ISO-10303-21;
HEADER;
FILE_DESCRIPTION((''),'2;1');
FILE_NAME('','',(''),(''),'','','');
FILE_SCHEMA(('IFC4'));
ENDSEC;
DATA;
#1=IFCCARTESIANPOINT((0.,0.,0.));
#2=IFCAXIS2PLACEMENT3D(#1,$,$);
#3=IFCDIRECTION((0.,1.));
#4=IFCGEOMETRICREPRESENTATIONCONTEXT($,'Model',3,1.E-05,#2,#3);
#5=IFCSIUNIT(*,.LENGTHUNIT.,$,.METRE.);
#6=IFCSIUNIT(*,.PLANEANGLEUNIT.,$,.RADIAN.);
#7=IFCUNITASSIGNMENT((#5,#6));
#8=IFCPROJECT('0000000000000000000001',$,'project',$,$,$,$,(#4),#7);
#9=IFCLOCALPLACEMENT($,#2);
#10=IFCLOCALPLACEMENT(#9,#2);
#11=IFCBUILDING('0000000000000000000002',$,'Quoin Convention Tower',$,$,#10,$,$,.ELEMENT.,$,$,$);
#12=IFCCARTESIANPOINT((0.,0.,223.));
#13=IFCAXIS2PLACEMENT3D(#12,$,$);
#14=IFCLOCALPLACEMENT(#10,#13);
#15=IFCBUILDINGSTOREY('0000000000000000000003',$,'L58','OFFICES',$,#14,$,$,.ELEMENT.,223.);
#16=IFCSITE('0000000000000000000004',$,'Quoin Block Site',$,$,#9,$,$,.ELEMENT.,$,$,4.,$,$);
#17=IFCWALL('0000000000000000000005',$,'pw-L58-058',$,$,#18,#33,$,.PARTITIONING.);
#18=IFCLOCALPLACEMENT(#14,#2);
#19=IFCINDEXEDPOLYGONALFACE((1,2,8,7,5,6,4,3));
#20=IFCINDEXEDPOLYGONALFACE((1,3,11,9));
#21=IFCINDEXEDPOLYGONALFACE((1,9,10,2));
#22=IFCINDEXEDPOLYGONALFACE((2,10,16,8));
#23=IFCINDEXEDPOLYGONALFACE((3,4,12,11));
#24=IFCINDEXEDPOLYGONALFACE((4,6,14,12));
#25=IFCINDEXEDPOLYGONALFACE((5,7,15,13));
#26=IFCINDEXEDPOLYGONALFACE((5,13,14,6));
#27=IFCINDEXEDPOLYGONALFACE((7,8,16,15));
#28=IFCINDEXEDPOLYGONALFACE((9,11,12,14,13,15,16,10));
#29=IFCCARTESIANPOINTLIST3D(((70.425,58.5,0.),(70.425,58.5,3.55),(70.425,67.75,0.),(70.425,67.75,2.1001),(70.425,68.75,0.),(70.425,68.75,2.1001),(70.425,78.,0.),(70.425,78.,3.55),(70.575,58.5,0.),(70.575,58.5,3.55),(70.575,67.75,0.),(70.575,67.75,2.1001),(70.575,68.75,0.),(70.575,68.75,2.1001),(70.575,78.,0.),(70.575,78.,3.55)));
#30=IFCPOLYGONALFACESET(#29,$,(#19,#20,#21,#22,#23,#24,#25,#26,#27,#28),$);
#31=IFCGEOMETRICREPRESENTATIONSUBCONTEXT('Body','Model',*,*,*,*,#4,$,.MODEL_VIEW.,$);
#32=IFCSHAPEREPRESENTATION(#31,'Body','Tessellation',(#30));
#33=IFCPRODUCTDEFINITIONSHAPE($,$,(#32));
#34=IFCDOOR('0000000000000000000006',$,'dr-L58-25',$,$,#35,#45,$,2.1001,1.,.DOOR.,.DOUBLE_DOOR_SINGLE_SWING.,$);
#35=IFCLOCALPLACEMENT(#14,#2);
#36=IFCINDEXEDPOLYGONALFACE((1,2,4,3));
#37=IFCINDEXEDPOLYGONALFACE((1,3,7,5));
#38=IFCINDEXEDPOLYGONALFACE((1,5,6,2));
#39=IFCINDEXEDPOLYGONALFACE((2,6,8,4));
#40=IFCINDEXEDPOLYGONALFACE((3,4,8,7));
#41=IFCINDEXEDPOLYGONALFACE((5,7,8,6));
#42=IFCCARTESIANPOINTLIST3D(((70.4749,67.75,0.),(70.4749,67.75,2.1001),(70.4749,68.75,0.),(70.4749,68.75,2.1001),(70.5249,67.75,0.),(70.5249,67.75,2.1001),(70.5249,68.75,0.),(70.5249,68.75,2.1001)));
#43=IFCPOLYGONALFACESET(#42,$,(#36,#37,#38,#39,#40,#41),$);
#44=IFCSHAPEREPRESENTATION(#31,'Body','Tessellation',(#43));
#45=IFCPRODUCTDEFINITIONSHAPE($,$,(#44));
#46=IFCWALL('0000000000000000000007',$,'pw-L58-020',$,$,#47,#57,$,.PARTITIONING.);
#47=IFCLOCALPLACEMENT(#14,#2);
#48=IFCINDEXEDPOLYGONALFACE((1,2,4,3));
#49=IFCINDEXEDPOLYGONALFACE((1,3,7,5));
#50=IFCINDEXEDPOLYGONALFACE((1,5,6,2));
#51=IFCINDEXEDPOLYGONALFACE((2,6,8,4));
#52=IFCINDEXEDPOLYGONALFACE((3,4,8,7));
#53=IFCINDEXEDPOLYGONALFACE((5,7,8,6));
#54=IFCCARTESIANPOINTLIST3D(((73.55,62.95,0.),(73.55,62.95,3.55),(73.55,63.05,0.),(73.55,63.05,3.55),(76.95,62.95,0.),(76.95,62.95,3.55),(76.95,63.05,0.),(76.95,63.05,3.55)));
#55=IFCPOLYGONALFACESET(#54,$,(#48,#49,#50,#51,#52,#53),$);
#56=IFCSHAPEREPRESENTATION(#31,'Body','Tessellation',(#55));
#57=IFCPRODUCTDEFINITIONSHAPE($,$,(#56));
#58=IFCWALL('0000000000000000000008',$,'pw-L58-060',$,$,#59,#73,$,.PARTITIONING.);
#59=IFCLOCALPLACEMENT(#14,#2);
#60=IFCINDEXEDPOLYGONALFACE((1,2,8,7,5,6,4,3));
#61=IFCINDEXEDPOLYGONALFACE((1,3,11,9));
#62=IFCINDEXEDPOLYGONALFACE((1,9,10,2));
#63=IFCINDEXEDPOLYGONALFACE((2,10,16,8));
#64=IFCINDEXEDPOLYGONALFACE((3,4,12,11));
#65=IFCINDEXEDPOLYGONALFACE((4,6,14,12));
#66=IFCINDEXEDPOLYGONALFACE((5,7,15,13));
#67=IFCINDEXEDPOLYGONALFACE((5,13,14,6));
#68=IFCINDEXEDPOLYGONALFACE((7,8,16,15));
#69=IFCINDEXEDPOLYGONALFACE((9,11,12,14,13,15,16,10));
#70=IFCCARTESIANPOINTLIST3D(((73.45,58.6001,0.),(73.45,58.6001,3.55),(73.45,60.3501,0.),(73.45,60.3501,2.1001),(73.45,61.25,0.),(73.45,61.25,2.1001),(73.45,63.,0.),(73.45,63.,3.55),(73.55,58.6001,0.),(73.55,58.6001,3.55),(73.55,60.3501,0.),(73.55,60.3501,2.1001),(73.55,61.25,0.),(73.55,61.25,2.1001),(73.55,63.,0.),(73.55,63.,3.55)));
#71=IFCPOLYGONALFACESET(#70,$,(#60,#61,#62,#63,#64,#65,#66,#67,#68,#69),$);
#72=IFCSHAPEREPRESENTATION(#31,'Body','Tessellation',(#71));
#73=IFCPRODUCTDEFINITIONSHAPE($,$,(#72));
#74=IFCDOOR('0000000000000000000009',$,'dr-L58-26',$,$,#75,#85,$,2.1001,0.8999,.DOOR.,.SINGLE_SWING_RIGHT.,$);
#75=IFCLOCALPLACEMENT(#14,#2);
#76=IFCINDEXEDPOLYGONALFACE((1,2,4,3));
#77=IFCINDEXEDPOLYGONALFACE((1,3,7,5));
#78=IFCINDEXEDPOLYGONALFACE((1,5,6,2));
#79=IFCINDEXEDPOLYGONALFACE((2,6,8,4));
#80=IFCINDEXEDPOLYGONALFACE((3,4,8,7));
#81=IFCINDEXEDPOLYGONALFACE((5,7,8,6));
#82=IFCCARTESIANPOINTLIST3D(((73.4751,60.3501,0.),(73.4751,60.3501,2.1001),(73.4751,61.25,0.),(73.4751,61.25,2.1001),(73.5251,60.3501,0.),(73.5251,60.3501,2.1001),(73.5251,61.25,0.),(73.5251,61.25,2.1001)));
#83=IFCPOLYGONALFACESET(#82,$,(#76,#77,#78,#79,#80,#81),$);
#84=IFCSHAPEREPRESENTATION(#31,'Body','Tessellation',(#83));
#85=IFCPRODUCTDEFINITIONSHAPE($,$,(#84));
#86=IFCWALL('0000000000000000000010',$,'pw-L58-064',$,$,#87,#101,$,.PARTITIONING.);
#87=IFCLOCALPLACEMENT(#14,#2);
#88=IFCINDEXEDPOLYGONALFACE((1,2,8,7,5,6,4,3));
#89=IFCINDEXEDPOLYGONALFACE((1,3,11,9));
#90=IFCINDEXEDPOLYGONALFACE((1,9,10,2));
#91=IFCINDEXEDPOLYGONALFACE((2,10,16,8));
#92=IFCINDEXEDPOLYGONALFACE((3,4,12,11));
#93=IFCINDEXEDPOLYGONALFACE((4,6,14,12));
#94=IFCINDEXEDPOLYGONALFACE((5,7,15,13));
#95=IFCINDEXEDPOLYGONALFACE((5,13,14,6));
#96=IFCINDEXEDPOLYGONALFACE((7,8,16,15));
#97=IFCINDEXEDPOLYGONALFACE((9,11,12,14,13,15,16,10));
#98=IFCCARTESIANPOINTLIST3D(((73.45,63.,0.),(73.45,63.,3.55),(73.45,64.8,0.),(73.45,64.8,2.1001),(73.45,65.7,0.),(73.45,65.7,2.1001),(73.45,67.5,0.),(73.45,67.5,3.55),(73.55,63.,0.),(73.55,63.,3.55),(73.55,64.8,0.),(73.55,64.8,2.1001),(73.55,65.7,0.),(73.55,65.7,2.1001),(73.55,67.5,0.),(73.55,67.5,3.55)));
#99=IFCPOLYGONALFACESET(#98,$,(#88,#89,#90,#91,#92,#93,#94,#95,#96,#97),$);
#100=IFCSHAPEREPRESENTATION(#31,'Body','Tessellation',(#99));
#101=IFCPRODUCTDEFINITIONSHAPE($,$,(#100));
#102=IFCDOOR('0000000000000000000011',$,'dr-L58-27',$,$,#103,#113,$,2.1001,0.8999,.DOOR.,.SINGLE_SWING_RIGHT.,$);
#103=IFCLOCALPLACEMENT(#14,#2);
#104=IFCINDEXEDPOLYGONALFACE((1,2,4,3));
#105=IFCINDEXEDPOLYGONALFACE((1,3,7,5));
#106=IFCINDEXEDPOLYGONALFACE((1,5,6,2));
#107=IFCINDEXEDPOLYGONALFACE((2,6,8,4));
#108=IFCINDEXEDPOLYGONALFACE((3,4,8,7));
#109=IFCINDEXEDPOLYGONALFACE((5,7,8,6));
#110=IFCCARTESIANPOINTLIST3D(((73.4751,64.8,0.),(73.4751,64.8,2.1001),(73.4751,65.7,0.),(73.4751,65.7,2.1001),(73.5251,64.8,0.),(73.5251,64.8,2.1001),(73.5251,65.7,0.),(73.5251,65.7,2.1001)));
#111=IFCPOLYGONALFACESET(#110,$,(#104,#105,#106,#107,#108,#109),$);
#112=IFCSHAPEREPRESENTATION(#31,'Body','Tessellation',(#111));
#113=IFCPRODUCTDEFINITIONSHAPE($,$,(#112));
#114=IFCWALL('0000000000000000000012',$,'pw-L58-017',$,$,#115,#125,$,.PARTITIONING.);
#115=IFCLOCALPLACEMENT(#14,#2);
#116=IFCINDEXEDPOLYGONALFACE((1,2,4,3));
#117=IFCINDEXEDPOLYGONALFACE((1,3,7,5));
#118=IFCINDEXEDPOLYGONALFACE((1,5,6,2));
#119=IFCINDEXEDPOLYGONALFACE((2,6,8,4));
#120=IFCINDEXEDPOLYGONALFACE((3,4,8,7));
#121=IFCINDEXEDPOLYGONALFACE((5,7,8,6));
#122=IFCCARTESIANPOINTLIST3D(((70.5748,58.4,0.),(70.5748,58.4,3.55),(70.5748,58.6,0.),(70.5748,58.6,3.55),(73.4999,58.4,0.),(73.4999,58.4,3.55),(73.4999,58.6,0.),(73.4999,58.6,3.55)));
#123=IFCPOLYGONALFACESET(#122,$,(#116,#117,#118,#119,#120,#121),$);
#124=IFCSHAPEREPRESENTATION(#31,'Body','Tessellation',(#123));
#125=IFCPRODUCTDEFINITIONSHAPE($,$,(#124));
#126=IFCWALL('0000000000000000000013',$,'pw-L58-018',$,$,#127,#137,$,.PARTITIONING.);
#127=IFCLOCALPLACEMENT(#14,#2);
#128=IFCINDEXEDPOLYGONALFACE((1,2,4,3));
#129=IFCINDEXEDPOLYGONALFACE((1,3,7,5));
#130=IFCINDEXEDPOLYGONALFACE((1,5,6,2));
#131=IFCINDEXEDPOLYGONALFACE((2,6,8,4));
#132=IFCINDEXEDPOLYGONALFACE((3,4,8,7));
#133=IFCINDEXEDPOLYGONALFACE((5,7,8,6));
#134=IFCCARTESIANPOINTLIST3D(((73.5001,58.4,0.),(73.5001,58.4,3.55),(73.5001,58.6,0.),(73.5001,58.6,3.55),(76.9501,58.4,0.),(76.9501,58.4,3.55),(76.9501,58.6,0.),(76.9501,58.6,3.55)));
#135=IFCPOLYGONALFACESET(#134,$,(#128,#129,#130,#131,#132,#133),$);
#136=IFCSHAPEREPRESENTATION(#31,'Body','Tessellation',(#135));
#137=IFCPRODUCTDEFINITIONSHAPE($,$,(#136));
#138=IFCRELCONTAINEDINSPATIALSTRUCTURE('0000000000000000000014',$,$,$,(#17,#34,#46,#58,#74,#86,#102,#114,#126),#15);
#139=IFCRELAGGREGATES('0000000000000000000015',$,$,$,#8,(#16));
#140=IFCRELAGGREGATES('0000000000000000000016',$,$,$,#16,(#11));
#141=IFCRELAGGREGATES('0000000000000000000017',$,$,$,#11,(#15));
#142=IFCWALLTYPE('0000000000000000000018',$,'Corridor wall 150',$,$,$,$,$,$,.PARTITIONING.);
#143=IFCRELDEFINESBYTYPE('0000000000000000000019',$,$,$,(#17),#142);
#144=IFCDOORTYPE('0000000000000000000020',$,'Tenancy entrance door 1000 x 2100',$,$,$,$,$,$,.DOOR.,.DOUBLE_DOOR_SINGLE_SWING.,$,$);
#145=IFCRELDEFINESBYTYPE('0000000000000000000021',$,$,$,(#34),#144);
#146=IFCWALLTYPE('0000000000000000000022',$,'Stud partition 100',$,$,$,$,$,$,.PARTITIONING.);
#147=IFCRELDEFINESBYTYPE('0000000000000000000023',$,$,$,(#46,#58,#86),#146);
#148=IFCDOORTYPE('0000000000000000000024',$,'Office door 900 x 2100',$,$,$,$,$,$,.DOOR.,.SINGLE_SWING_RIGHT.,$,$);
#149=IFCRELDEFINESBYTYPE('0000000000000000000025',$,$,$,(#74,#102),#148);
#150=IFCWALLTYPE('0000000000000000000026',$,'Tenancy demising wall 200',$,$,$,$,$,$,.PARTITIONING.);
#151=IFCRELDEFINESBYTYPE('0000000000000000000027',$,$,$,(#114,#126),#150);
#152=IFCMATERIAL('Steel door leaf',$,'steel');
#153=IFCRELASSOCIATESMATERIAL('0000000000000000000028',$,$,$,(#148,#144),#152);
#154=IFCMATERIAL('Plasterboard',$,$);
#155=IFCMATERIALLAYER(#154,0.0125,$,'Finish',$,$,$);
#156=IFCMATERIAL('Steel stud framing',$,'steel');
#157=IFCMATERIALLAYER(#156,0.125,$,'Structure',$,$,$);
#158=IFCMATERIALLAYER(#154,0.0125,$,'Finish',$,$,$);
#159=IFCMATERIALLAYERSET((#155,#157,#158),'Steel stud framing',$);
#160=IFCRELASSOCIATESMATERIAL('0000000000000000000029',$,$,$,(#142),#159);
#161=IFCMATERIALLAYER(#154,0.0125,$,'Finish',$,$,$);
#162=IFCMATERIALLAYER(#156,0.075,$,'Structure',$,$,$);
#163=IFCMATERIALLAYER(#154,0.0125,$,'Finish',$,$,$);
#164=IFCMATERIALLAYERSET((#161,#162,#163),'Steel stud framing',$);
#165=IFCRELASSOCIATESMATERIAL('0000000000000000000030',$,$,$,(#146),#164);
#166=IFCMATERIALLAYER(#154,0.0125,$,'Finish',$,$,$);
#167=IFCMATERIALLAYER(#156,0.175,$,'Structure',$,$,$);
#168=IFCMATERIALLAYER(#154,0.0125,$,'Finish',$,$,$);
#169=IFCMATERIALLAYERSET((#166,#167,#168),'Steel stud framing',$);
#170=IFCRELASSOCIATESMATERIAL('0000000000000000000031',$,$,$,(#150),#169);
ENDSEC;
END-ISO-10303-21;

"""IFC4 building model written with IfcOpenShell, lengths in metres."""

from ifc_helpers import new_model, si_unit, direction, frame, frame_2d, origin, place, context, subcontext, project, spatial, rectangle, extrude, material, layer, layer_set, type_object, element, fill, save


model = new_model("IFC4")

# Units and contexts
model_context = context("Model", 3, precision=1e-05, world=origin(), true_north=direction((0.0, 1.0)))
body_context = subcontext(model_context, "Body", "Model", "MODEL_VIEW")
ifc_project = project(units=[si_unit("LENGTHUNIT", "METRE"), si_unit("PLANEANGLEUNIT", "RADIAN")], contexts=[model_context])

# Site, building, storey
site_placement = place(None, origin())
site = spatial("IfcSite", under=ifc_project, at=site_placement, Name="Quoin Block Site", CompositionType="ELEMENT", RefElevation=4.0)
building_placement = place(site_placement, origin())
building = spatial("IfcBuilding", under=site, at=building_placement, Name="Quoin Convention Tower", CompositionType="ELEMENT")
storey_placement = place(building_placement, frame((0.0, 0.0, 223.0)))
storey = spatial("IfcBuildingStorey", under=building, at=storey_placement, Name="L58", Description="OFFICES", CompositionType="ELEMENT", Elevation=223.0)

# Shared definitions
ifc_material_1 = material(Name="Plasterboard")
ifc_material_2 = material(Name="Steel stud framing", Category="steel")

# Wall, opening, door
ifc_material_3 = material(Name="Steel door leaf", Category="steel")
door_type_1 = type_object("IfcDoorType", Name="Office door 900 x 2100", OperationType="SINGLE_SWING_RIGHT", PredefinedType="DOOR", material=ifc_material_3)
ifc_layer_1 = layer(ifc_material_1, 0.0125, Name="Finish")
ifc_layer_2 = layer(ifc_material_2, 0.125, Name="Structure")
ifc_layer_3 = layer(ifc_material_1, 0.0125, Name="Finish")
ifc_layer_set_1 = layer_set([ifc_layer_1, ifc_layer_2, ifc_layer_3], Name="Steel stud framing")
wall_type_1 = type_object("IfcWallType", Name="Corridor wall 150", PredefinedType="PARTITIONING", material=ifc_layer_set_1)
wall_1_placement = place(storey_placement, frame((70.5, 58.5, 0.0), z_axis=(0.0, 0.0, 1.0), x_axis=(0.0, 1.0, 0.0)))
wall_1 = element("IfcWall", 1, at=wall_1_placement, inside=storey, type_object=wall_type_1, Name="pw-L58-058", PredefinedType="PARTITIONING", context=body_context, shape_type="SweptSolid", body=[
    extrude(rectangle(XDim=19.5, YDim=0.1499, at=frame_2d((9.75, 0.0))), origin(), (0.0, 0.0, 1.0), 3.55),
])
opening_1_placement = place(wall_1_placement, frame((9.25, 0.0, 0.0)))
opening_1 = element("IfcOpeningElement", 2, at=opening_1_placement, cuts=wall_1, PredefinedType="OPENING", context=body_context, shape_type="SweptSolid", body=[
    extrude(rectangle(XDim=1.0, YDim=2.1001, at=frame_2d((0.5, 1.05))), frame((0.0, 0.085, 0.0), z_axis=(0.0, -1.0, 0.0), x_axis=(1.0, 0.0, 0.0)), (0.0, 0.0, 1.0), 0.1699),
])
door_type_2 = type_object("IfcDoorType", Name="Tenancy entrance door 1000 x 2100", OperationType="DOUBLE_DOOR_SINGLE_SWING", PredefinedType="DOOR", material=ifc_material_3)
door_1_placement = place(opening_1_placement, frame((1.0, 0.0, 0.0), z_axis=(0.0, 0.0, 1.0), x_axis=(-1.0, 0.0, 0.0)))
door_1 = element("IfcDoor", 3, at=door_1_placement, inside=storey, type_object=door_type_2, Name="dr-L58-25", OperationType="DOUBLE_DOOR_SINGLE_SWING", OverallHeight=2.1001, OverallWidth=1.0, PredefinedType="DOOR", context=body_context, shape_type="SweptSolid", body=[
    extrude(rectangle(XDim=1.0, YDim=2.1001, at=frame_2d((0.5, 1.05))), frame((0.0, 0.0249, 0.0), z_axis=(0.0, -1.0, 0.0), x_axis=(1.0, 0.0, 0.0)), (0.0, 0.0, 1.0), 0.05),
])
fill(opening_1, door_1)

# Wall
ifc_layer_4 = layer(ifc_material_1, 0.0125, Name="Finish")
ifc_layer_5 = layer(ifc_material_2, 0.075, Name="Structure")
ifc_layer_6 = layer(ifc_material_1, 0.0125, Name="Finish")
ifc_layer_set_2 = layer_set([ifc_layer_4, ifc_layer_5, ifc_layer_6], Name="Steel stud framing")
wall_type_2 = type_object("IfcWallType", Name="Stud partition 100", PredefinedType="PARTITIONING", material=ifc_layer_set_2)
wall_2_placement = place(storey_placement, frame((73.55, 63.0, 0.0), z_axis=(0.0, 0.0, 1.0), x_axis=(1.0, 0.0, 0.0)))
element("IfcWall", 4, at=wall_2_placement, inside=storey, type_object=wall_type_2, Name="pw-L58-020", PredefinedType="PARTITIONING", context=body_context, shape_type="SweptSolid", body=[
    extrude(rectangle(XDim=3.3999, YDim=0.1001, at=frame_2d((1.7, 0.0))), origin(), (0.0, 0.0, 1.0), 3.55),
])

# Walls, openings, doors
wall_3_placement = place(storey_placement, frame((73.5, 58.6001, 0.0), z_axis=(0.0, 0.0, 1.0), x_axis=(0.0, 1.0, 0.0)))
wall_3 = element("IfcWall", 5, at=wall_3_placement, inside=storey, type_object=wall_type_2, Name="pw-L58-060", PredefinedType="PARTITIONING", context=body_context, shape_type="SweptSolid", body=[
    extrude(rectangle(XDim=4.3999, YDim=0.1001, at=frame_2d((2.2, 0.0))), origin(), (0.0, 0.0, 1.0), 3.55),
])
opening_2_placement = place(wall_3_placement, frame((1.75, 0.0, 0.0)))
opening_2 = element("IfcOpeningElement", 6, at=opening_2_placement, cuts=wall_3, PredefinedType="OPENING", context=body_context, shape_type="SweptSolid", body=[
    extrude(rectangle(XDim=0.8999, YDim=2.1001, at=frame_2d((0.45, 1.05))), frame((0.0, 0.0601, 0.0), z_axis=(0.0, -1.0, 0.0), x_axis=(1.0, 0.0, 0.0)), (0.0, 0.0, 1.0), 0.1201),
])
door_2_placement = place(opening_2_placement, origin())
door_2 = element("IfcDoor", 7, at=door_2_placement, inside=storey, type_object=door_type_1, Name="dr-L58-26", OperationType="SINGLE_SWING_RIGHT", OverallHeight=2.1001, OverallWidth=0.8999, PredefinedType="DOOR", context=body_context, shape_type="SweptSolid", body=[
    extrude(rectangle(XDim=0.8999, YDim=2.1001, at=frame_2d((0.45, 1.05))), frame((0.0, 0.0249, 0.0), z_axis=(0.0, -1.0, 0.0), x_axis=(1.0, 0.0, 0.0)), (0.0, 0.0, 1.0), 0.05),
])
fill(opening_2, door_2)
wall_4_placement = place(storey_placement, frame((73.5, 63.0, 0.0), z_axis=(0.0, 0.0, 1.0), x_axis=(0.0, 1.0, 0.0)))
wall_4 = element("IfcWall", 8, at=wall_4_placement, inside=storey, type_object=wall_type_2, Name="pw-L58-064", PredefinedType="PARTITIONING", context=body_context, shape_type="SweptSolid", body=[
    extrude(rectangle(XDim=4.5, YDim=0.1001, at=frame_2d((2.25, 0.0))), origin(), (0.0, 0.0, 1.0), 3.55),
])
opening_3_placement = place(wall_4_placement, frame((1.8, 0.0, 0.0)))
opening_3 = element("IfcOpeningElement", 9, at=opening_3_placement, cuts=wall_4, PredefinedType="OPENING", context=body_context, shape_type="SweptSolid", body=[
    extrude(rectangle(XDim=0.8999, YDim=2.1001, at=frame_2d((0.45, 1.05))), frame((0.0, 0.0601, 0.0), z_axis=(0.0, -1.0, 0.0), x_axis=(1.0, 0.0, 0.0)), (0.0, 0.0, 1.0), 0.1201),
])
door_3_placement = place(opening_3_placement, origin())
door_3 = element("IfcDoor", 10, at=door_3_placement, inside=storey, type_object=door_type_1, Name="dr-L58-27", OperationType="SINGLE_SWING_RIGHT", OverallHeight=2.1001, OverallWidth=0.8999, PredefinedType="DOOR", context=body_context, shape_type="SweptSolid", body=[
    extrude(rectangle(XDim=0.8999, YDim=2.1001, at=frame_2d((0.45, 1.05))), frame((0.0, 0.0249, 0.0), z_axis=(0.0, -1.0, 0.0), x_axis=(1.0, 0.0, 0.0)), (0.0, 0.0, 1.0), 0.05),
])
fill(opening_3, door_3)

# Walls
ifc_layer_7 = layer(ifc_material_1, 0.0125, Name="Finish")
ifc_layer_8 = layer(ifc_material_2, 0.175, Name="Structure")
ifc_layer_9 = layer(ifc_material_1, 0.0125, Name="Finish")
ifc_layer_set_3 = layer_set([ifc_layer_7, ifc_layer_8, ifc_layer_9], Name="Steel stud framing")
wall_type_3 = type_object("IfcWallType", Name="Tenancy demising wall 200", PredefinedType="PARTITIONING", material=ifc_layer_set_3)
wall_5_placement = place(storey_placement, frame((70.575, 58.5, 0.0), z_axis=(0.0, 0.0, 1.0), x_axis=(1.0, 0.0, 0.0)))
element("IfcWall", 11, at=wall_5_placement, inside=storey, type_object=wall_type_3, Name="pw-L58-017", PredefinedType="PARTITIONING", context=body_context, shape_type="SweptSolid", body=[
    extrude(rectangle(XDim=2.925, YDim=0.2, at=frame_2d((1.4624, 0.0))), origin(), (0.0, 0.0, 1.0), 3.55),
])
wall_6_placement = place(storey_placement, frame((73.5, 58.5, 0.0), z_axis=(0.0, 0.0, 1.0), x_axis=(1.0, 0.0, 0.0)))
element("IfcWall", 12, at=wall_6_placement, inside=storey, type_object=wall_type_3, Name="pw-L58-018", PredefinedType="PARTITIONING", context=body_context, shape_type="SweptSolid", body=[
    extrude(rectangle(XDim=3.45, YDim=0.2, at=frame_2d((1.7251, 0.0))), origin(), (0.0, 0.0, 1.0), 3.55),
])

save(model, "model.ifc")
